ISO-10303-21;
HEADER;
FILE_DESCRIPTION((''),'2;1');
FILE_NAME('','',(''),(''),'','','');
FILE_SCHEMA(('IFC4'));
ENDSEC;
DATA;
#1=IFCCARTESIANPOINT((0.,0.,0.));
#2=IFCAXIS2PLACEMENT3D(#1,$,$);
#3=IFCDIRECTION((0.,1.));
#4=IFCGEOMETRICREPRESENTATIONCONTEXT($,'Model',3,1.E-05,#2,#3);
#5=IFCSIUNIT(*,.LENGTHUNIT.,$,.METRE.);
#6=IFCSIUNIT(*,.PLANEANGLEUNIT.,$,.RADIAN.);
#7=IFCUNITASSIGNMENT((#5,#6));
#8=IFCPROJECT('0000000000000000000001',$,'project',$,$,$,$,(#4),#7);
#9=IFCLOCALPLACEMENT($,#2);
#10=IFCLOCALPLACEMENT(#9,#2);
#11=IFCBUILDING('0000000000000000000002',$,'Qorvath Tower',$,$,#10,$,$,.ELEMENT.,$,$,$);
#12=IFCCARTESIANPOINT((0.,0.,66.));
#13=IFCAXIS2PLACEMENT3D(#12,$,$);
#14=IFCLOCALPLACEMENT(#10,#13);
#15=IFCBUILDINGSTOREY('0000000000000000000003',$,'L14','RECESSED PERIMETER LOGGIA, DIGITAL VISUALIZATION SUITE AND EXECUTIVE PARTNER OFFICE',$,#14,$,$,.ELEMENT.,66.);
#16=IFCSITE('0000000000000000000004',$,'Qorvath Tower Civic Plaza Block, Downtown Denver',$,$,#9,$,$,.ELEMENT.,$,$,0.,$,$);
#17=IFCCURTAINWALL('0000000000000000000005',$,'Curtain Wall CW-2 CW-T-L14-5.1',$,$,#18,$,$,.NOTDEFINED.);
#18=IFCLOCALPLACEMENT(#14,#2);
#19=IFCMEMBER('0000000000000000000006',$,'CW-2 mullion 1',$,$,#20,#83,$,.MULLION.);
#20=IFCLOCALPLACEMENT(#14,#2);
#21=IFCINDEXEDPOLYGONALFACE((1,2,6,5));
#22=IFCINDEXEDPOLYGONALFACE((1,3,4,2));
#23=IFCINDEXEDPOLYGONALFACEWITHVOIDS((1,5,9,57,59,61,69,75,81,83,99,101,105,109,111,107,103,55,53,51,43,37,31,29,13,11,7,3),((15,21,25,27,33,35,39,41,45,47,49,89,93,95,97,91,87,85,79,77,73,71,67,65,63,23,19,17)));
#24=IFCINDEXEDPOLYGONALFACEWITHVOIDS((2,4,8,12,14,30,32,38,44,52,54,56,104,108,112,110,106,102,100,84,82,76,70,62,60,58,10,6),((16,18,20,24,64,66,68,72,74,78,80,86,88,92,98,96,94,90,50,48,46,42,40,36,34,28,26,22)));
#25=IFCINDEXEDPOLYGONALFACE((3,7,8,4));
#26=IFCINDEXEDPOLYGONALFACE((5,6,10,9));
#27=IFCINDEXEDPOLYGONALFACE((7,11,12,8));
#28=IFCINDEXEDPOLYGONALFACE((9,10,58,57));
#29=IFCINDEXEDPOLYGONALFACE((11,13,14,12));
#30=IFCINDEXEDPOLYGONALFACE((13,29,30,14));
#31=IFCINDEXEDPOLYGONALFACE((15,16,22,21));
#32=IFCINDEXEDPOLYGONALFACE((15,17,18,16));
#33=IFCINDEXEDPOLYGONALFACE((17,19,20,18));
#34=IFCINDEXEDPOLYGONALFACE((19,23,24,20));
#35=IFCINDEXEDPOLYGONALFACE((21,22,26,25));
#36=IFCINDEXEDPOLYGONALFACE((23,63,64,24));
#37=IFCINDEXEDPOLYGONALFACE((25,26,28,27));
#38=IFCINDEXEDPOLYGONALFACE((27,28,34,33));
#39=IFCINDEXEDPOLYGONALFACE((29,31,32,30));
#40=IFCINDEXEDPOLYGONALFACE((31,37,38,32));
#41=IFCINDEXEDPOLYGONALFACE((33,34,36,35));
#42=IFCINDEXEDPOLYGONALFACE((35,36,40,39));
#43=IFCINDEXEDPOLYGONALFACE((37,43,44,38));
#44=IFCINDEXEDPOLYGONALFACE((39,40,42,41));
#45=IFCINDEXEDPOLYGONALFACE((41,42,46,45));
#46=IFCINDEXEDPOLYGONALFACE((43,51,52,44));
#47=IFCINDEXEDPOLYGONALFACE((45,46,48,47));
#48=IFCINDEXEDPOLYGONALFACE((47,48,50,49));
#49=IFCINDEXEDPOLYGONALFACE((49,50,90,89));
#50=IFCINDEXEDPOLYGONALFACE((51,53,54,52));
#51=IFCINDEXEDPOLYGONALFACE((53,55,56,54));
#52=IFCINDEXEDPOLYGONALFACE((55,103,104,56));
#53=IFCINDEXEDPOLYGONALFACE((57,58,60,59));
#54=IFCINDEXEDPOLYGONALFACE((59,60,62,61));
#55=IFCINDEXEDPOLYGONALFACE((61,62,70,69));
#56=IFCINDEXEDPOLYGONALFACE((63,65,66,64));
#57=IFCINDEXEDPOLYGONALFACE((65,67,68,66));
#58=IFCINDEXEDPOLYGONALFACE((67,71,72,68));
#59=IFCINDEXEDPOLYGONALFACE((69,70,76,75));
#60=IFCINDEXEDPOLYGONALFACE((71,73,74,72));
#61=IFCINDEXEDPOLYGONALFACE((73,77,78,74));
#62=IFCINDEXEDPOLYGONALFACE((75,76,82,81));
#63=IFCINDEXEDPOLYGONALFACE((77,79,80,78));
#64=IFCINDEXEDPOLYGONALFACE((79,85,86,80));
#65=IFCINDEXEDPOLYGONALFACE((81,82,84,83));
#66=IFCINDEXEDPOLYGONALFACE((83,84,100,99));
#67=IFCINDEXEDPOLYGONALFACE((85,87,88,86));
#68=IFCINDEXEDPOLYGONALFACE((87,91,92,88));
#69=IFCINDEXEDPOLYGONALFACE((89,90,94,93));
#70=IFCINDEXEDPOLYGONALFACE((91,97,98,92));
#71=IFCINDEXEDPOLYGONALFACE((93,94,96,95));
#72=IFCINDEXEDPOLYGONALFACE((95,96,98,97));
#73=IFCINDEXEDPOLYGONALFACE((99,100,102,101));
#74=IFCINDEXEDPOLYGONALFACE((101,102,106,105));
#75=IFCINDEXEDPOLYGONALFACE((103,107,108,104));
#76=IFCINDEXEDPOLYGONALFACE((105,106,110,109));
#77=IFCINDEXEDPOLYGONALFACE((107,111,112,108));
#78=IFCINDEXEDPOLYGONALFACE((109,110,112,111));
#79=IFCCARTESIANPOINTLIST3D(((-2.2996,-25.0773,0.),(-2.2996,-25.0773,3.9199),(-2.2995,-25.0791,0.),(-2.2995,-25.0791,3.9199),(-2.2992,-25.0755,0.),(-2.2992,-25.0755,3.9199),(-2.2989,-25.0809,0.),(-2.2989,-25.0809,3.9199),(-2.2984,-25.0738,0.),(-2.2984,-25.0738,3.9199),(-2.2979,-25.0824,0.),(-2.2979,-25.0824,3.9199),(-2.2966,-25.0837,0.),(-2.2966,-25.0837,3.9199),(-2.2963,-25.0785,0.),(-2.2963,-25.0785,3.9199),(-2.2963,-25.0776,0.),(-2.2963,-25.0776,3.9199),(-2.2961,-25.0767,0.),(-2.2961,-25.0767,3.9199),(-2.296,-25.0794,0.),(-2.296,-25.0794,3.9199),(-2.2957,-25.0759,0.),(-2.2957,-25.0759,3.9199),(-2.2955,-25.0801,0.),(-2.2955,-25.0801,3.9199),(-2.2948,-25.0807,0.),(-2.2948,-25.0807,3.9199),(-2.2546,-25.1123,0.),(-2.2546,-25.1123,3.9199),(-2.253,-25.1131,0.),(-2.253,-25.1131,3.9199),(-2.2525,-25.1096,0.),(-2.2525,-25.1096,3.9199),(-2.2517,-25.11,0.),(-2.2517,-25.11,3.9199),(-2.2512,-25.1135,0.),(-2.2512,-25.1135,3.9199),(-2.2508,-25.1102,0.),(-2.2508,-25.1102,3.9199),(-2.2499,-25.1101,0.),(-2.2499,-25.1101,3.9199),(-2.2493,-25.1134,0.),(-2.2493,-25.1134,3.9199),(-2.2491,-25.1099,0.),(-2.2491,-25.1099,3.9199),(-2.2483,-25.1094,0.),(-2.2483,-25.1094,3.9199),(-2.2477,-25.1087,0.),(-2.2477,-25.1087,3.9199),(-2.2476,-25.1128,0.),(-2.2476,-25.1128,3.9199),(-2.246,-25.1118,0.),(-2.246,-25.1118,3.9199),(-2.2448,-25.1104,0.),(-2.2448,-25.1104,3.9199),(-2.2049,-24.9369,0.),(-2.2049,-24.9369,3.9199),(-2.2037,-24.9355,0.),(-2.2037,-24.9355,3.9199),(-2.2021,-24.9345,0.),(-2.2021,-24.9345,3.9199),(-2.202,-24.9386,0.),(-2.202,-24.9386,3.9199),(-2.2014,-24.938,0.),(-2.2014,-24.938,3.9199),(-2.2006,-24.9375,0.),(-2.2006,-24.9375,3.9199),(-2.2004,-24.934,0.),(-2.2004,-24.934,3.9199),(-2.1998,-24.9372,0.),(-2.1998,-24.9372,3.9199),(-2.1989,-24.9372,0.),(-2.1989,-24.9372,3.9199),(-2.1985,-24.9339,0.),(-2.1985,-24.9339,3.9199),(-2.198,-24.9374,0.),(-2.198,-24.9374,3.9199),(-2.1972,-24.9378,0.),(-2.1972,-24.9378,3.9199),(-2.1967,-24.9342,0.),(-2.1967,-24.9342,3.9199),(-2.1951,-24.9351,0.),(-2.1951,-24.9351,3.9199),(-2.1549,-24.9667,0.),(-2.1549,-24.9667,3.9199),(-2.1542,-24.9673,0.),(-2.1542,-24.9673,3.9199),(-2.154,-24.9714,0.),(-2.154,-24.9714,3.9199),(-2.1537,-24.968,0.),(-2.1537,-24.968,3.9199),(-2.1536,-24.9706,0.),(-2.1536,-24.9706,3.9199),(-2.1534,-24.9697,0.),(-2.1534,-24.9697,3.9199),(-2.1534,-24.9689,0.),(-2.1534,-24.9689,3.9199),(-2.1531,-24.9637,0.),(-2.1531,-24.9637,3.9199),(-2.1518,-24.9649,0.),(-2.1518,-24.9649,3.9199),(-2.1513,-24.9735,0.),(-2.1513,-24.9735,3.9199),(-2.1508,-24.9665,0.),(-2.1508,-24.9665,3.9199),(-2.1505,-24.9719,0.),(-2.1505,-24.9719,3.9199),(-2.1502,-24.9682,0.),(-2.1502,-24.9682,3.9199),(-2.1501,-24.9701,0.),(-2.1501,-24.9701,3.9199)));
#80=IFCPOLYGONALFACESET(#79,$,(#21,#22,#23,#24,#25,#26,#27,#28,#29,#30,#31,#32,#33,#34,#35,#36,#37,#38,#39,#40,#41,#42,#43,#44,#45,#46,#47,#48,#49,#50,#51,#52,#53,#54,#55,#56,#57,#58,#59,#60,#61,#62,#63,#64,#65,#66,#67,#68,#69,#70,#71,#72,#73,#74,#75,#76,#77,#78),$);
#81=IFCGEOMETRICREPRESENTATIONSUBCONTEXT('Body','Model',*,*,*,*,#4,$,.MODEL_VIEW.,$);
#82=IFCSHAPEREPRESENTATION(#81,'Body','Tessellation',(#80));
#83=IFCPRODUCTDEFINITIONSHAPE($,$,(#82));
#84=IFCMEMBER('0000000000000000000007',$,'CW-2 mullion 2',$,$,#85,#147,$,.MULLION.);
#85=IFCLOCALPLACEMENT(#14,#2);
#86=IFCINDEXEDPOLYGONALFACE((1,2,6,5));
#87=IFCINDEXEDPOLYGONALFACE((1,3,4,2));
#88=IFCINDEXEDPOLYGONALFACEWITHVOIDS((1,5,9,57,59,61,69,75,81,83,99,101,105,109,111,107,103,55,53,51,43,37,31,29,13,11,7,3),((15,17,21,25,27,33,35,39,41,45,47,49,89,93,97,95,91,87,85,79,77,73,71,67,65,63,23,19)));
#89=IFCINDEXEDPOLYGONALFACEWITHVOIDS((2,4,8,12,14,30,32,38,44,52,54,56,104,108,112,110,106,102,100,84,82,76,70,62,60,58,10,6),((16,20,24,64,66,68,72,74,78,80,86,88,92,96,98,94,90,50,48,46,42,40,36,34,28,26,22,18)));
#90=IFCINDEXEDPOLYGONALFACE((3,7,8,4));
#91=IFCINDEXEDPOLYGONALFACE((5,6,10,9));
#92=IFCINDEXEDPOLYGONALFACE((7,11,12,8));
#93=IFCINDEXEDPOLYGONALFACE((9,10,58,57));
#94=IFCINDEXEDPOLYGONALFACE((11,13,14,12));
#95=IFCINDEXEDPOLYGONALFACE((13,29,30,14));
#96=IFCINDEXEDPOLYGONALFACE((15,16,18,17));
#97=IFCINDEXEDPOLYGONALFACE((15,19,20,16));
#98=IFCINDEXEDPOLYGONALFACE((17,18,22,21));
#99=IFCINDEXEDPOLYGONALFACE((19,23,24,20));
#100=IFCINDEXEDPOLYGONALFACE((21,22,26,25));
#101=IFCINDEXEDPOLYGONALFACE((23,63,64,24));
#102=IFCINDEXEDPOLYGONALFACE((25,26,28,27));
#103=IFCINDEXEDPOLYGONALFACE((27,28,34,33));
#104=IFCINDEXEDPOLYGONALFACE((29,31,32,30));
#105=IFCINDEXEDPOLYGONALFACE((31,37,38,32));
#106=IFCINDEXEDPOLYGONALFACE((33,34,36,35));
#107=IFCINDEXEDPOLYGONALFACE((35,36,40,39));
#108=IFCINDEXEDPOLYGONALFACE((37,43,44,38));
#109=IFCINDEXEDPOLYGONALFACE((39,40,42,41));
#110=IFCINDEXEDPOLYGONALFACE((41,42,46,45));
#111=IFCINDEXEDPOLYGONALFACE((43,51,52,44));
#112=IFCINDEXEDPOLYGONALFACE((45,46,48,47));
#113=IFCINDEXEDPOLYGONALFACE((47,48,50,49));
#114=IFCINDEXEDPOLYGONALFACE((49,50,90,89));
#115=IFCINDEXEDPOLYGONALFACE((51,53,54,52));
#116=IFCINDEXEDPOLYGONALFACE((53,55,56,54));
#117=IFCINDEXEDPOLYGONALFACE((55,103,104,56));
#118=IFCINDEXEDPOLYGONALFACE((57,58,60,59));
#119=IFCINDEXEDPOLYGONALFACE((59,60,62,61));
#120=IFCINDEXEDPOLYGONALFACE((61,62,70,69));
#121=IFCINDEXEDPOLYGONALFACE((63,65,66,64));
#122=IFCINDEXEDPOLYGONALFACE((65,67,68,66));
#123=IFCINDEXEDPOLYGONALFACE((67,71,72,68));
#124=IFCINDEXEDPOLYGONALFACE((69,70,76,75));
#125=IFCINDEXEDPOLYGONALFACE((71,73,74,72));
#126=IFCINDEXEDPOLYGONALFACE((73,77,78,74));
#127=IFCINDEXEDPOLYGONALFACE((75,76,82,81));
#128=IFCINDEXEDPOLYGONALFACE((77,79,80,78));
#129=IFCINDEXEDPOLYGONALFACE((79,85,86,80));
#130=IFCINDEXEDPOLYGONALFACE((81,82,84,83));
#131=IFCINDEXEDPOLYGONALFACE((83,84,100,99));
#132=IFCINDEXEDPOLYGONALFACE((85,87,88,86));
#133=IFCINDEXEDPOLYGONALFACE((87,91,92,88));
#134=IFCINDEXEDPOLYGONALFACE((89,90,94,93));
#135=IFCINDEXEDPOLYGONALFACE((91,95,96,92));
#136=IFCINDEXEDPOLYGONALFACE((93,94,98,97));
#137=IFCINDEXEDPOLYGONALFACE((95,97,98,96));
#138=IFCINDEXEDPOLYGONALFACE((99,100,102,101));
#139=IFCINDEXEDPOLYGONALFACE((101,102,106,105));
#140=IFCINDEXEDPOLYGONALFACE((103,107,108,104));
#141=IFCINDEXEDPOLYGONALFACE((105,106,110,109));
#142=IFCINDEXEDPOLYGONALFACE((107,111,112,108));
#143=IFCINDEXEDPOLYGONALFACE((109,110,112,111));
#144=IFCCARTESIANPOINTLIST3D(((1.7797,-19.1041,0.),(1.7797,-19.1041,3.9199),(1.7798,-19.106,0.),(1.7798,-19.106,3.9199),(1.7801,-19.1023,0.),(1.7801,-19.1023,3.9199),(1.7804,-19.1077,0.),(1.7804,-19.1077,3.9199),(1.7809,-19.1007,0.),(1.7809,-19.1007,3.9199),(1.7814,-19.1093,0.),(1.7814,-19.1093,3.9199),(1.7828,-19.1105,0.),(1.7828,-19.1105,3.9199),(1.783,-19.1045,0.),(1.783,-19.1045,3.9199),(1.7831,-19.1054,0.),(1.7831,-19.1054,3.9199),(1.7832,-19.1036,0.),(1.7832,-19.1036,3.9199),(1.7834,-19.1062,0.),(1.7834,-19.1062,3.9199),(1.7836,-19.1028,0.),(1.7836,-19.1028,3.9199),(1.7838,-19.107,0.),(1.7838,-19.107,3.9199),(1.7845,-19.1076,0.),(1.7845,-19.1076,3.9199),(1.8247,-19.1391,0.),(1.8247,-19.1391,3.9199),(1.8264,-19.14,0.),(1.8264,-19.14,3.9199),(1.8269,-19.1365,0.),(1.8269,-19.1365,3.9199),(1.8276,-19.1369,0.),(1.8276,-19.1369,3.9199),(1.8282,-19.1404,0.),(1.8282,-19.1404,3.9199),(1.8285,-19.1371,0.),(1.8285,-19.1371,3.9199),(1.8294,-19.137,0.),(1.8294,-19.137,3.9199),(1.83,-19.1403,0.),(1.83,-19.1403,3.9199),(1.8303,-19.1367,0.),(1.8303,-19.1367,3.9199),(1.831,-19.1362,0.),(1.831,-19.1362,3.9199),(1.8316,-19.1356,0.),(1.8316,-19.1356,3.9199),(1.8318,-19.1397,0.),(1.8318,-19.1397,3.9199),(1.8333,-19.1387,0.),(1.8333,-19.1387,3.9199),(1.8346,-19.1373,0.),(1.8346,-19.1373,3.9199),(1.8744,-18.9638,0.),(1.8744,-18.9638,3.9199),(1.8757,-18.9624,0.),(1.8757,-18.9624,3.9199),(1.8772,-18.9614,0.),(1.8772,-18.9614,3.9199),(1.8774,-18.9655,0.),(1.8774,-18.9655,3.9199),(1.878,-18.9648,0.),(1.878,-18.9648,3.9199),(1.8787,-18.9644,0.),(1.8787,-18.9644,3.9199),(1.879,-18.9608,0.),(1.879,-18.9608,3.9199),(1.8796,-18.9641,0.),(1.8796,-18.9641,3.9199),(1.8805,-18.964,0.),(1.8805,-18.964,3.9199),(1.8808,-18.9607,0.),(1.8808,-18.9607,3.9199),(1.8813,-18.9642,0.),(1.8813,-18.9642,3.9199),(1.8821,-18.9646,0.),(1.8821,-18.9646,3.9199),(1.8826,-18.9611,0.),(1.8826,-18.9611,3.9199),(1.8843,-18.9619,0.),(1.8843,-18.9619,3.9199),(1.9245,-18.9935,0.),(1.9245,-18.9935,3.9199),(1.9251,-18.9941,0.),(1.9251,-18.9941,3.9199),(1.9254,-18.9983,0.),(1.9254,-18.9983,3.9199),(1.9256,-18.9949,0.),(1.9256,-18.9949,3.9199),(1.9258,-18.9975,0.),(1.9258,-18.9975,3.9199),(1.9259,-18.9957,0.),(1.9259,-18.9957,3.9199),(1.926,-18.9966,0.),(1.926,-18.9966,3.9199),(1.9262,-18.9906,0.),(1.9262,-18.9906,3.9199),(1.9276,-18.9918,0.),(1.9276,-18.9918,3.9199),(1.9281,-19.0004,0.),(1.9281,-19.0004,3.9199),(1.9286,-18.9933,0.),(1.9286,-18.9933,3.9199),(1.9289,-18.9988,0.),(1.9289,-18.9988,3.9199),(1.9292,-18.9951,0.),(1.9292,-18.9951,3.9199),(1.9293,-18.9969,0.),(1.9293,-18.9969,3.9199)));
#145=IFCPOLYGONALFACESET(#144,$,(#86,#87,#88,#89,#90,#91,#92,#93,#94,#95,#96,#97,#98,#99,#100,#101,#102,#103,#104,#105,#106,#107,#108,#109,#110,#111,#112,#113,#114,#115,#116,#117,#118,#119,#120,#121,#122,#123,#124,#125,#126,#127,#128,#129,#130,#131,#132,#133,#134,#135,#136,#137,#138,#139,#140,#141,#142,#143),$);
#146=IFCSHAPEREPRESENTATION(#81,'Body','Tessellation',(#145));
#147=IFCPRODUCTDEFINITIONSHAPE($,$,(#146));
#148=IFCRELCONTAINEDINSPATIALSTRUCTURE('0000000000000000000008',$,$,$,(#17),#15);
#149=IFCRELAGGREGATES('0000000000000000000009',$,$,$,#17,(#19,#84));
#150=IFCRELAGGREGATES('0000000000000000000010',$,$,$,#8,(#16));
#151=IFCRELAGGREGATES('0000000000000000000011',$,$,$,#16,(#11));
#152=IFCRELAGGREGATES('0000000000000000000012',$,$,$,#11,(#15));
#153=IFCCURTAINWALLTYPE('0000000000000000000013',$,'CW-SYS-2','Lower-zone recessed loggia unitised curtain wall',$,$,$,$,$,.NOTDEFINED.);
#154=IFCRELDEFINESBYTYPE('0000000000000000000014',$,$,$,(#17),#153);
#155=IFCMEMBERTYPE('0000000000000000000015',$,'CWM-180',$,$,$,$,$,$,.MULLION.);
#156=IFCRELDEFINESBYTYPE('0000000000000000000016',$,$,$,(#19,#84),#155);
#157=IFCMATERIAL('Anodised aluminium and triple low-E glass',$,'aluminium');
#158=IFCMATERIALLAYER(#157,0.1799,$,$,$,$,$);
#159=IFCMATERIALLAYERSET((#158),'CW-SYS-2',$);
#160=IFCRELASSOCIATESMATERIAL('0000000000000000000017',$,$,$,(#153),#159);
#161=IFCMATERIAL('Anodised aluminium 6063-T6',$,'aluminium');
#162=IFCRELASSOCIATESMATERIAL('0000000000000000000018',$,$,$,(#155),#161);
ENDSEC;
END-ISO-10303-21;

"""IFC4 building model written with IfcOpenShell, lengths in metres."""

from ifc_helpers import new_model, si_unit, direction, frame, origin, origin_2d, place, context, subcontext, project, spatial, hollow_rectangle, extrude, material, layer, layer_set, material_profile, profile_set, type_object, element, aggregate, save


model = new_model("IFC4")

# Units and contexts
model_context = context("Model", 3, precision=1e-05, world=origin(), true_north=direction((0.0, 1.0)))
body_context = subcontext(model_context, "Body", "Model", "MODEL_VIEW")
ifc_project = project(units=[si_unit("LENGTHUNIT", "METRE"), si_unit("PLANEANGLEUNIT", "RADIAN")], contexts=[model_context])

# Site, building, storey
site_placement = place(None, origin())
site = spatial("IfcSite", under=ifc_project, at=site_placement, Name="Qorvath Tower Civic Plaza Block, Downtown Denver", CompositionType="ELEMENT", RefElevation=0.0)
building_placement = place(site_placement, origin())
building = spatial("IfcBuilding", under=site, at=building_placement, Name="Qorvath Tower", CompositionType="ELEMENT")
storey_placement = place(building_placement, frame((0.0, 0.0, 66.0)))
storey = spatial("IfcBuildingStorey", under=building, at=storey_placement, Name="L14", Description="RECESSED PERIMETER LOGGIA, DIGITAL VISUALIZATION SUITE AND EXECUTIVE PARTNER OFFICE", CompositionType="ELEMENT", Elevation=66.0)

# Shared definitions
ifc_material_1 = material(Name="Anodised aluminium and triple low-E glass", Category="aluminium")
ifc_layer_1 = layer(ifc_material_1, 0.1799)
ifc_layer_set_1 = layer_set([ifc_layer_1], Name="CW-SYS-2")
curtain_wall_type = type_object("IfcCurtainWallType", Name="CW-SYS-2", Description="Lower-zone recessed loggia unitised curtain wall", PredefinedType="NOTDEFINED", material=ifc_layer_set_1)
ifc_material_2 = material(Name="Anodised aluminium 6063-T6", Category="aluminium")
ifc_material_profile_1 = material_profile(ifc_material_2, hollow_rectangle(XDim=0.0649, YDim=0.1799, WallThickness=0.0034, InnerFilletRadius=0.0034, OuterFilletRadius=0.0071, at=origin_2d()), Name="CWM 180x65")
ifc_profile_set_1 = profile_set([ifc_material_profile_1], Name="Anodised aluminium 6063-T6")
member_type_1 = type_object("IfcMemberType", Name="CWM-180", PredefinedType="MULLION", material=ifc_profile_set_1)

# Curtain wall, members
curtain_wall_1_placement = place(storey_placement, origin())
curtain_wall_1 = element("IfcCurtainWall", 1, at=curtain_wall_1_placement, inside=storey, type_object=curtain_wall_type, Name="Curtain Wall CW-2 CW-T-L14-5.1", PredefinedType="NOTDEFINED")
member_1_placement = place(storey_placement, frame((-2.2249, -25.0237, 0.0), z_axis=(0.0, 0.0, 1.0), x_axis=(-0.825792, 0.563974, 0.0)))
member_1 = element("IfcMember", 2, at=member_1_placement, type_object=member_type_1, Name="CW-2 mullion 1", PredefinedType="MULLION", context=body_context, shape_type="SweptSolid", body=[
    extrude(hollow_rectangle(XDim=0.0649, YDim=0.1799, WallThickness=0.0034, InnerFilletRadius=0.0034, OuterFilletRadius=0.0071, at=origin_2d()), origin(), (0.0, 0.0, 1.0), 3.9199),
])
member_2_placement = place(storey_placement, frame((1.8545, -19.0505, 0.0), z_axis=(0.0, 0.0, 1.0), x_axis=(-0.825792, 0.563974, 0.0)))
member_2 = element("IfcMember", 3, at=member_2_placement, type_object=member_type_1, Name="CW-2 mullion 2", PredefinedType="MULLION", context=body_context, shape_type="SweptSolid", body=[
    extrude(hollow_rectangle(XDim=0.0649, YDim=0.1799, WallThickness=0.0034, InnerFilletRadius=0.0034, OuterFilletRadius=0.0071, at=origin_2d()), origin(), (0.0, 0.0, 1.0), 3.9199),
])

aggregate(curtain_wall_1, [member_1, member_2])

save(model, "model.ifc")
